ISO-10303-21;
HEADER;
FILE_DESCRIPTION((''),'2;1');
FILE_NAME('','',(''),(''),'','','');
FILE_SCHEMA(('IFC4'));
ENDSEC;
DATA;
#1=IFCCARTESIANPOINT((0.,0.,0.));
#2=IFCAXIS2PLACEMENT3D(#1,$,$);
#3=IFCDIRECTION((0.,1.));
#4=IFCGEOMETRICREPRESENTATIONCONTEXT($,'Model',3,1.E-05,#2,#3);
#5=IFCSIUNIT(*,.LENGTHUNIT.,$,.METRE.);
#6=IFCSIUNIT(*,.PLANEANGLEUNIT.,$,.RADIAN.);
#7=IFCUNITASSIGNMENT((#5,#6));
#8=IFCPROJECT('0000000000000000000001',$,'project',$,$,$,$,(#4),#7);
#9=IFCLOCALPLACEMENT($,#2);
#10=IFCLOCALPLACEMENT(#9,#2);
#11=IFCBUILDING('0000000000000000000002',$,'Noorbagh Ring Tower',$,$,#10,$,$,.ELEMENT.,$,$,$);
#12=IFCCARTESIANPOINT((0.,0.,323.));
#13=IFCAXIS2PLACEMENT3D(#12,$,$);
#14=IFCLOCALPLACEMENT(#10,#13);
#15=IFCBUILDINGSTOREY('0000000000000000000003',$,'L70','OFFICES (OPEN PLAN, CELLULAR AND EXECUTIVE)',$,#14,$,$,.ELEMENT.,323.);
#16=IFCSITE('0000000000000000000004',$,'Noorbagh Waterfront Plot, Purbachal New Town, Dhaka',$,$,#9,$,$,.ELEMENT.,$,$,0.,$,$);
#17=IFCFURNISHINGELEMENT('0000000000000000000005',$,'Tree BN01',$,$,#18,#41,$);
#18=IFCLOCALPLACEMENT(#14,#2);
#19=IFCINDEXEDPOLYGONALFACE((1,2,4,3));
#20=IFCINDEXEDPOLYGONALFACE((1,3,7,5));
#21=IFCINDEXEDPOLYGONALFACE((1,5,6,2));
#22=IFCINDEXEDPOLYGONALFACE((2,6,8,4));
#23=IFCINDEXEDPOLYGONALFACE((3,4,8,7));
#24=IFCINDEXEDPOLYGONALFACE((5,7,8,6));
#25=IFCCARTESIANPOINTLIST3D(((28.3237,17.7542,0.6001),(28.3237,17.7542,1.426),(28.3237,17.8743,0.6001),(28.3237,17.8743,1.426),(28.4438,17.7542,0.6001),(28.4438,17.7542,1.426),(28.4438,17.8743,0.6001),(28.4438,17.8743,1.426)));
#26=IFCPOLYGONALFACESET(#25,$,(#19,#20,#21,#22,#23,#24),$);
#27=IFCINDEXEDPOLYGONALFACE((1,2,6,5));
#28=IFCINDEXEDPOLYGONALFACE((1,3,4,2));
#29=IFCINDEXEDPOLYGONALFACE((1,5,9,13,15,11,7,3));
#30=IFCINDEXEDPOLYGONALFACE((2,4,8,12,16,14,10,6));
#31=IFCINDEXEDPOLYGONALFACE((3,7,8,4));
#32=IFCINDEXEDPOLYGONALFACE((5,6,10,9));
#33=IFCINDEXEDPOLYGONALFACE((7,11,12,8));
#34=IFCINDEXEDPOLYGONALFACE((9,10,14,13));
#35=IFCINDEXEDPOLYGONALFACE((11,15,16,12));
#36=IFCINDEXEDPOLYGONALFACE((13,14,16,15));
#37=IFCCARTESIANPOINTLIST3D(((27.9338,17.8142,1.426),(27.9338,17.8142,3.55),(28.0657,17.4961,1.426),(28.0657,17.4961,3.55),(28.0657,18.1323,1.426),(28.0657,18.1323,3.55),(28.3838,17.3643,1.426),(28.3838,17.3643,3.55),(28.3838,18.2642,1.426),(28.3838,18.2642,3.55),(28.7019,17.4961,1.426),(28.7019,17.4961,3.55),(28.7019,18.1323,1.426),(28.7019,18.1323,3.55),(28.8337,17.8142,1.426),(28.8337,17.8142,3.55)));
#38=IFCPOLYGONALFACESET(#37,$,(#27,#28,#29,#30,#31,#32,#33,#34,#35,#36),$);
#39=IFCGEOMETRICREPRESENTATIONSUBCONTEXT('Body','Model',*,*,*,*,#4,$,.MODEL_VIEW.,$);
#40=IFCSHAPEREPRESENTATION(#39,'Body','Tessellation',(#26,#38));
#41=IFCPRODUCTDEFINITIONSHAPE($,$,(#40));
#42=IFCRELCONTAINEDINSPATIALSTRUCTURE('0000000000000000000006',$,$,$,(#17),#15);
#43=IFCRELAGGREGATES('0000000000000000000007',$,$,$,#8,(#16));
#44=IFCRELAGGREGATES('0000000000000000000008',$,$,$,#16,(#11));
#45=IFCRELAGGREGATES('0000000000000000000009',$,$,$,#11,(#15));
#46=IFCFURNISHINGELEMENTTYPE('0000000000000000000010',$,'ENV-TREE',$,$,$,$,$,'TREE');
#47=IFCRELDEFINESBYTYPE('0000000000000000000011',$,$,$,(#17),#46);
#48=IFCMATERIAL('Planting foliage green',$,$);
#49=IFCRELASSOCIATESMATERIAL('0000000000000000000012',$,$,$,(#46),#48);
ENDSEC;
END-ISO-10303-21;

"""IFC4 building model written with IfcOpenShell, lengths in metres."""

from ifc_helpers import new_model, si_unit, direction, frame, origin, origin_2d, place, context, subcontext, project, spatial, polyline, rectangle, outline, extrude, material, type_object, element, save


model = new_model("IFC4")

# Units and contexts
model_context = context("Model", 3, precision=1e-05, world=origin(), true_north=direction((0.0, 1.0)))
body_context = subcontext(model_context, "Body", "Model", "MODEL_VIEW")
ifc_project = project(units=[si_unit("LENGTHUNIT", "METRE"), si_unit("PLANEANGLEUNIT", "RADIAN")], contexts=[model_context])

# Site, building, storey
site_placement = place(None, origin())
site = spatial("IfcSite", under=ifc_project, at=site_placement, Name="Noorbagh Waterfront Plot, Purbachal New Town, Dhaka", CompositionType="ELEMENT", RefElevation=0.0)
building_placement = place(site_placement, origin())
building = spatial("IfcBuilding", under=site, at=building_placement, Name="Noorbagh Ring Tower", CompositionType="ELEMENT")
storey_placement = place(building_placement, frame((0.0, 0.0, 323.0)))
storey = spatial("IfcBuildingStorey", under=building, at=storey_placement, Name="L70", Description="OFFICES (OPEN PLAN, CELLULAR AND EXECUTIVE)", CompositionType="ELEMENT", Elevation=323.0)

# Furnishing element
ifc_material_1 = material(Name="Planting foliage green")
furnishing_element_type = type_object("IfcFurnishingElementType", Name="ENV-TREE", ElementType="TREE", material=ifc_material_1)
furnishing_placement = place(storey_placement, frame((28.3838, 17.8142, 0.6001), z_axis=(0.0, 0.0, 1.0), x_axis=(1.0, 0.0, 0.0)))
element("IfcFurnishingElement", 1, at=furnishing_placement, inside=storey, type_object=furnishing_element_type, Name="Tree BN01", context=body_context, shape_type="SweptSolid", body=[
    extrude(rectangle(XDim=0.1201, YDim=0.1201, at=origin_2d()), origin(), (0.0, 0.0, 1.0), 0.8259),
    extrude(outline(polyline([(0.45, 0.0), (0.3181, 0.3181), (0.0, 0.45), (-0.3181, 0.3181), (-0.45, 0.0), (-0.3181, -0.3181), (0.0, -0.45), (0.3181, -0.3181), (0.45, 0.0)])), frame((0.0, 0.0, 0.8259)), (0.0, 0.0, 1.0), 2.124),
])

save(model, "model.ifc")
